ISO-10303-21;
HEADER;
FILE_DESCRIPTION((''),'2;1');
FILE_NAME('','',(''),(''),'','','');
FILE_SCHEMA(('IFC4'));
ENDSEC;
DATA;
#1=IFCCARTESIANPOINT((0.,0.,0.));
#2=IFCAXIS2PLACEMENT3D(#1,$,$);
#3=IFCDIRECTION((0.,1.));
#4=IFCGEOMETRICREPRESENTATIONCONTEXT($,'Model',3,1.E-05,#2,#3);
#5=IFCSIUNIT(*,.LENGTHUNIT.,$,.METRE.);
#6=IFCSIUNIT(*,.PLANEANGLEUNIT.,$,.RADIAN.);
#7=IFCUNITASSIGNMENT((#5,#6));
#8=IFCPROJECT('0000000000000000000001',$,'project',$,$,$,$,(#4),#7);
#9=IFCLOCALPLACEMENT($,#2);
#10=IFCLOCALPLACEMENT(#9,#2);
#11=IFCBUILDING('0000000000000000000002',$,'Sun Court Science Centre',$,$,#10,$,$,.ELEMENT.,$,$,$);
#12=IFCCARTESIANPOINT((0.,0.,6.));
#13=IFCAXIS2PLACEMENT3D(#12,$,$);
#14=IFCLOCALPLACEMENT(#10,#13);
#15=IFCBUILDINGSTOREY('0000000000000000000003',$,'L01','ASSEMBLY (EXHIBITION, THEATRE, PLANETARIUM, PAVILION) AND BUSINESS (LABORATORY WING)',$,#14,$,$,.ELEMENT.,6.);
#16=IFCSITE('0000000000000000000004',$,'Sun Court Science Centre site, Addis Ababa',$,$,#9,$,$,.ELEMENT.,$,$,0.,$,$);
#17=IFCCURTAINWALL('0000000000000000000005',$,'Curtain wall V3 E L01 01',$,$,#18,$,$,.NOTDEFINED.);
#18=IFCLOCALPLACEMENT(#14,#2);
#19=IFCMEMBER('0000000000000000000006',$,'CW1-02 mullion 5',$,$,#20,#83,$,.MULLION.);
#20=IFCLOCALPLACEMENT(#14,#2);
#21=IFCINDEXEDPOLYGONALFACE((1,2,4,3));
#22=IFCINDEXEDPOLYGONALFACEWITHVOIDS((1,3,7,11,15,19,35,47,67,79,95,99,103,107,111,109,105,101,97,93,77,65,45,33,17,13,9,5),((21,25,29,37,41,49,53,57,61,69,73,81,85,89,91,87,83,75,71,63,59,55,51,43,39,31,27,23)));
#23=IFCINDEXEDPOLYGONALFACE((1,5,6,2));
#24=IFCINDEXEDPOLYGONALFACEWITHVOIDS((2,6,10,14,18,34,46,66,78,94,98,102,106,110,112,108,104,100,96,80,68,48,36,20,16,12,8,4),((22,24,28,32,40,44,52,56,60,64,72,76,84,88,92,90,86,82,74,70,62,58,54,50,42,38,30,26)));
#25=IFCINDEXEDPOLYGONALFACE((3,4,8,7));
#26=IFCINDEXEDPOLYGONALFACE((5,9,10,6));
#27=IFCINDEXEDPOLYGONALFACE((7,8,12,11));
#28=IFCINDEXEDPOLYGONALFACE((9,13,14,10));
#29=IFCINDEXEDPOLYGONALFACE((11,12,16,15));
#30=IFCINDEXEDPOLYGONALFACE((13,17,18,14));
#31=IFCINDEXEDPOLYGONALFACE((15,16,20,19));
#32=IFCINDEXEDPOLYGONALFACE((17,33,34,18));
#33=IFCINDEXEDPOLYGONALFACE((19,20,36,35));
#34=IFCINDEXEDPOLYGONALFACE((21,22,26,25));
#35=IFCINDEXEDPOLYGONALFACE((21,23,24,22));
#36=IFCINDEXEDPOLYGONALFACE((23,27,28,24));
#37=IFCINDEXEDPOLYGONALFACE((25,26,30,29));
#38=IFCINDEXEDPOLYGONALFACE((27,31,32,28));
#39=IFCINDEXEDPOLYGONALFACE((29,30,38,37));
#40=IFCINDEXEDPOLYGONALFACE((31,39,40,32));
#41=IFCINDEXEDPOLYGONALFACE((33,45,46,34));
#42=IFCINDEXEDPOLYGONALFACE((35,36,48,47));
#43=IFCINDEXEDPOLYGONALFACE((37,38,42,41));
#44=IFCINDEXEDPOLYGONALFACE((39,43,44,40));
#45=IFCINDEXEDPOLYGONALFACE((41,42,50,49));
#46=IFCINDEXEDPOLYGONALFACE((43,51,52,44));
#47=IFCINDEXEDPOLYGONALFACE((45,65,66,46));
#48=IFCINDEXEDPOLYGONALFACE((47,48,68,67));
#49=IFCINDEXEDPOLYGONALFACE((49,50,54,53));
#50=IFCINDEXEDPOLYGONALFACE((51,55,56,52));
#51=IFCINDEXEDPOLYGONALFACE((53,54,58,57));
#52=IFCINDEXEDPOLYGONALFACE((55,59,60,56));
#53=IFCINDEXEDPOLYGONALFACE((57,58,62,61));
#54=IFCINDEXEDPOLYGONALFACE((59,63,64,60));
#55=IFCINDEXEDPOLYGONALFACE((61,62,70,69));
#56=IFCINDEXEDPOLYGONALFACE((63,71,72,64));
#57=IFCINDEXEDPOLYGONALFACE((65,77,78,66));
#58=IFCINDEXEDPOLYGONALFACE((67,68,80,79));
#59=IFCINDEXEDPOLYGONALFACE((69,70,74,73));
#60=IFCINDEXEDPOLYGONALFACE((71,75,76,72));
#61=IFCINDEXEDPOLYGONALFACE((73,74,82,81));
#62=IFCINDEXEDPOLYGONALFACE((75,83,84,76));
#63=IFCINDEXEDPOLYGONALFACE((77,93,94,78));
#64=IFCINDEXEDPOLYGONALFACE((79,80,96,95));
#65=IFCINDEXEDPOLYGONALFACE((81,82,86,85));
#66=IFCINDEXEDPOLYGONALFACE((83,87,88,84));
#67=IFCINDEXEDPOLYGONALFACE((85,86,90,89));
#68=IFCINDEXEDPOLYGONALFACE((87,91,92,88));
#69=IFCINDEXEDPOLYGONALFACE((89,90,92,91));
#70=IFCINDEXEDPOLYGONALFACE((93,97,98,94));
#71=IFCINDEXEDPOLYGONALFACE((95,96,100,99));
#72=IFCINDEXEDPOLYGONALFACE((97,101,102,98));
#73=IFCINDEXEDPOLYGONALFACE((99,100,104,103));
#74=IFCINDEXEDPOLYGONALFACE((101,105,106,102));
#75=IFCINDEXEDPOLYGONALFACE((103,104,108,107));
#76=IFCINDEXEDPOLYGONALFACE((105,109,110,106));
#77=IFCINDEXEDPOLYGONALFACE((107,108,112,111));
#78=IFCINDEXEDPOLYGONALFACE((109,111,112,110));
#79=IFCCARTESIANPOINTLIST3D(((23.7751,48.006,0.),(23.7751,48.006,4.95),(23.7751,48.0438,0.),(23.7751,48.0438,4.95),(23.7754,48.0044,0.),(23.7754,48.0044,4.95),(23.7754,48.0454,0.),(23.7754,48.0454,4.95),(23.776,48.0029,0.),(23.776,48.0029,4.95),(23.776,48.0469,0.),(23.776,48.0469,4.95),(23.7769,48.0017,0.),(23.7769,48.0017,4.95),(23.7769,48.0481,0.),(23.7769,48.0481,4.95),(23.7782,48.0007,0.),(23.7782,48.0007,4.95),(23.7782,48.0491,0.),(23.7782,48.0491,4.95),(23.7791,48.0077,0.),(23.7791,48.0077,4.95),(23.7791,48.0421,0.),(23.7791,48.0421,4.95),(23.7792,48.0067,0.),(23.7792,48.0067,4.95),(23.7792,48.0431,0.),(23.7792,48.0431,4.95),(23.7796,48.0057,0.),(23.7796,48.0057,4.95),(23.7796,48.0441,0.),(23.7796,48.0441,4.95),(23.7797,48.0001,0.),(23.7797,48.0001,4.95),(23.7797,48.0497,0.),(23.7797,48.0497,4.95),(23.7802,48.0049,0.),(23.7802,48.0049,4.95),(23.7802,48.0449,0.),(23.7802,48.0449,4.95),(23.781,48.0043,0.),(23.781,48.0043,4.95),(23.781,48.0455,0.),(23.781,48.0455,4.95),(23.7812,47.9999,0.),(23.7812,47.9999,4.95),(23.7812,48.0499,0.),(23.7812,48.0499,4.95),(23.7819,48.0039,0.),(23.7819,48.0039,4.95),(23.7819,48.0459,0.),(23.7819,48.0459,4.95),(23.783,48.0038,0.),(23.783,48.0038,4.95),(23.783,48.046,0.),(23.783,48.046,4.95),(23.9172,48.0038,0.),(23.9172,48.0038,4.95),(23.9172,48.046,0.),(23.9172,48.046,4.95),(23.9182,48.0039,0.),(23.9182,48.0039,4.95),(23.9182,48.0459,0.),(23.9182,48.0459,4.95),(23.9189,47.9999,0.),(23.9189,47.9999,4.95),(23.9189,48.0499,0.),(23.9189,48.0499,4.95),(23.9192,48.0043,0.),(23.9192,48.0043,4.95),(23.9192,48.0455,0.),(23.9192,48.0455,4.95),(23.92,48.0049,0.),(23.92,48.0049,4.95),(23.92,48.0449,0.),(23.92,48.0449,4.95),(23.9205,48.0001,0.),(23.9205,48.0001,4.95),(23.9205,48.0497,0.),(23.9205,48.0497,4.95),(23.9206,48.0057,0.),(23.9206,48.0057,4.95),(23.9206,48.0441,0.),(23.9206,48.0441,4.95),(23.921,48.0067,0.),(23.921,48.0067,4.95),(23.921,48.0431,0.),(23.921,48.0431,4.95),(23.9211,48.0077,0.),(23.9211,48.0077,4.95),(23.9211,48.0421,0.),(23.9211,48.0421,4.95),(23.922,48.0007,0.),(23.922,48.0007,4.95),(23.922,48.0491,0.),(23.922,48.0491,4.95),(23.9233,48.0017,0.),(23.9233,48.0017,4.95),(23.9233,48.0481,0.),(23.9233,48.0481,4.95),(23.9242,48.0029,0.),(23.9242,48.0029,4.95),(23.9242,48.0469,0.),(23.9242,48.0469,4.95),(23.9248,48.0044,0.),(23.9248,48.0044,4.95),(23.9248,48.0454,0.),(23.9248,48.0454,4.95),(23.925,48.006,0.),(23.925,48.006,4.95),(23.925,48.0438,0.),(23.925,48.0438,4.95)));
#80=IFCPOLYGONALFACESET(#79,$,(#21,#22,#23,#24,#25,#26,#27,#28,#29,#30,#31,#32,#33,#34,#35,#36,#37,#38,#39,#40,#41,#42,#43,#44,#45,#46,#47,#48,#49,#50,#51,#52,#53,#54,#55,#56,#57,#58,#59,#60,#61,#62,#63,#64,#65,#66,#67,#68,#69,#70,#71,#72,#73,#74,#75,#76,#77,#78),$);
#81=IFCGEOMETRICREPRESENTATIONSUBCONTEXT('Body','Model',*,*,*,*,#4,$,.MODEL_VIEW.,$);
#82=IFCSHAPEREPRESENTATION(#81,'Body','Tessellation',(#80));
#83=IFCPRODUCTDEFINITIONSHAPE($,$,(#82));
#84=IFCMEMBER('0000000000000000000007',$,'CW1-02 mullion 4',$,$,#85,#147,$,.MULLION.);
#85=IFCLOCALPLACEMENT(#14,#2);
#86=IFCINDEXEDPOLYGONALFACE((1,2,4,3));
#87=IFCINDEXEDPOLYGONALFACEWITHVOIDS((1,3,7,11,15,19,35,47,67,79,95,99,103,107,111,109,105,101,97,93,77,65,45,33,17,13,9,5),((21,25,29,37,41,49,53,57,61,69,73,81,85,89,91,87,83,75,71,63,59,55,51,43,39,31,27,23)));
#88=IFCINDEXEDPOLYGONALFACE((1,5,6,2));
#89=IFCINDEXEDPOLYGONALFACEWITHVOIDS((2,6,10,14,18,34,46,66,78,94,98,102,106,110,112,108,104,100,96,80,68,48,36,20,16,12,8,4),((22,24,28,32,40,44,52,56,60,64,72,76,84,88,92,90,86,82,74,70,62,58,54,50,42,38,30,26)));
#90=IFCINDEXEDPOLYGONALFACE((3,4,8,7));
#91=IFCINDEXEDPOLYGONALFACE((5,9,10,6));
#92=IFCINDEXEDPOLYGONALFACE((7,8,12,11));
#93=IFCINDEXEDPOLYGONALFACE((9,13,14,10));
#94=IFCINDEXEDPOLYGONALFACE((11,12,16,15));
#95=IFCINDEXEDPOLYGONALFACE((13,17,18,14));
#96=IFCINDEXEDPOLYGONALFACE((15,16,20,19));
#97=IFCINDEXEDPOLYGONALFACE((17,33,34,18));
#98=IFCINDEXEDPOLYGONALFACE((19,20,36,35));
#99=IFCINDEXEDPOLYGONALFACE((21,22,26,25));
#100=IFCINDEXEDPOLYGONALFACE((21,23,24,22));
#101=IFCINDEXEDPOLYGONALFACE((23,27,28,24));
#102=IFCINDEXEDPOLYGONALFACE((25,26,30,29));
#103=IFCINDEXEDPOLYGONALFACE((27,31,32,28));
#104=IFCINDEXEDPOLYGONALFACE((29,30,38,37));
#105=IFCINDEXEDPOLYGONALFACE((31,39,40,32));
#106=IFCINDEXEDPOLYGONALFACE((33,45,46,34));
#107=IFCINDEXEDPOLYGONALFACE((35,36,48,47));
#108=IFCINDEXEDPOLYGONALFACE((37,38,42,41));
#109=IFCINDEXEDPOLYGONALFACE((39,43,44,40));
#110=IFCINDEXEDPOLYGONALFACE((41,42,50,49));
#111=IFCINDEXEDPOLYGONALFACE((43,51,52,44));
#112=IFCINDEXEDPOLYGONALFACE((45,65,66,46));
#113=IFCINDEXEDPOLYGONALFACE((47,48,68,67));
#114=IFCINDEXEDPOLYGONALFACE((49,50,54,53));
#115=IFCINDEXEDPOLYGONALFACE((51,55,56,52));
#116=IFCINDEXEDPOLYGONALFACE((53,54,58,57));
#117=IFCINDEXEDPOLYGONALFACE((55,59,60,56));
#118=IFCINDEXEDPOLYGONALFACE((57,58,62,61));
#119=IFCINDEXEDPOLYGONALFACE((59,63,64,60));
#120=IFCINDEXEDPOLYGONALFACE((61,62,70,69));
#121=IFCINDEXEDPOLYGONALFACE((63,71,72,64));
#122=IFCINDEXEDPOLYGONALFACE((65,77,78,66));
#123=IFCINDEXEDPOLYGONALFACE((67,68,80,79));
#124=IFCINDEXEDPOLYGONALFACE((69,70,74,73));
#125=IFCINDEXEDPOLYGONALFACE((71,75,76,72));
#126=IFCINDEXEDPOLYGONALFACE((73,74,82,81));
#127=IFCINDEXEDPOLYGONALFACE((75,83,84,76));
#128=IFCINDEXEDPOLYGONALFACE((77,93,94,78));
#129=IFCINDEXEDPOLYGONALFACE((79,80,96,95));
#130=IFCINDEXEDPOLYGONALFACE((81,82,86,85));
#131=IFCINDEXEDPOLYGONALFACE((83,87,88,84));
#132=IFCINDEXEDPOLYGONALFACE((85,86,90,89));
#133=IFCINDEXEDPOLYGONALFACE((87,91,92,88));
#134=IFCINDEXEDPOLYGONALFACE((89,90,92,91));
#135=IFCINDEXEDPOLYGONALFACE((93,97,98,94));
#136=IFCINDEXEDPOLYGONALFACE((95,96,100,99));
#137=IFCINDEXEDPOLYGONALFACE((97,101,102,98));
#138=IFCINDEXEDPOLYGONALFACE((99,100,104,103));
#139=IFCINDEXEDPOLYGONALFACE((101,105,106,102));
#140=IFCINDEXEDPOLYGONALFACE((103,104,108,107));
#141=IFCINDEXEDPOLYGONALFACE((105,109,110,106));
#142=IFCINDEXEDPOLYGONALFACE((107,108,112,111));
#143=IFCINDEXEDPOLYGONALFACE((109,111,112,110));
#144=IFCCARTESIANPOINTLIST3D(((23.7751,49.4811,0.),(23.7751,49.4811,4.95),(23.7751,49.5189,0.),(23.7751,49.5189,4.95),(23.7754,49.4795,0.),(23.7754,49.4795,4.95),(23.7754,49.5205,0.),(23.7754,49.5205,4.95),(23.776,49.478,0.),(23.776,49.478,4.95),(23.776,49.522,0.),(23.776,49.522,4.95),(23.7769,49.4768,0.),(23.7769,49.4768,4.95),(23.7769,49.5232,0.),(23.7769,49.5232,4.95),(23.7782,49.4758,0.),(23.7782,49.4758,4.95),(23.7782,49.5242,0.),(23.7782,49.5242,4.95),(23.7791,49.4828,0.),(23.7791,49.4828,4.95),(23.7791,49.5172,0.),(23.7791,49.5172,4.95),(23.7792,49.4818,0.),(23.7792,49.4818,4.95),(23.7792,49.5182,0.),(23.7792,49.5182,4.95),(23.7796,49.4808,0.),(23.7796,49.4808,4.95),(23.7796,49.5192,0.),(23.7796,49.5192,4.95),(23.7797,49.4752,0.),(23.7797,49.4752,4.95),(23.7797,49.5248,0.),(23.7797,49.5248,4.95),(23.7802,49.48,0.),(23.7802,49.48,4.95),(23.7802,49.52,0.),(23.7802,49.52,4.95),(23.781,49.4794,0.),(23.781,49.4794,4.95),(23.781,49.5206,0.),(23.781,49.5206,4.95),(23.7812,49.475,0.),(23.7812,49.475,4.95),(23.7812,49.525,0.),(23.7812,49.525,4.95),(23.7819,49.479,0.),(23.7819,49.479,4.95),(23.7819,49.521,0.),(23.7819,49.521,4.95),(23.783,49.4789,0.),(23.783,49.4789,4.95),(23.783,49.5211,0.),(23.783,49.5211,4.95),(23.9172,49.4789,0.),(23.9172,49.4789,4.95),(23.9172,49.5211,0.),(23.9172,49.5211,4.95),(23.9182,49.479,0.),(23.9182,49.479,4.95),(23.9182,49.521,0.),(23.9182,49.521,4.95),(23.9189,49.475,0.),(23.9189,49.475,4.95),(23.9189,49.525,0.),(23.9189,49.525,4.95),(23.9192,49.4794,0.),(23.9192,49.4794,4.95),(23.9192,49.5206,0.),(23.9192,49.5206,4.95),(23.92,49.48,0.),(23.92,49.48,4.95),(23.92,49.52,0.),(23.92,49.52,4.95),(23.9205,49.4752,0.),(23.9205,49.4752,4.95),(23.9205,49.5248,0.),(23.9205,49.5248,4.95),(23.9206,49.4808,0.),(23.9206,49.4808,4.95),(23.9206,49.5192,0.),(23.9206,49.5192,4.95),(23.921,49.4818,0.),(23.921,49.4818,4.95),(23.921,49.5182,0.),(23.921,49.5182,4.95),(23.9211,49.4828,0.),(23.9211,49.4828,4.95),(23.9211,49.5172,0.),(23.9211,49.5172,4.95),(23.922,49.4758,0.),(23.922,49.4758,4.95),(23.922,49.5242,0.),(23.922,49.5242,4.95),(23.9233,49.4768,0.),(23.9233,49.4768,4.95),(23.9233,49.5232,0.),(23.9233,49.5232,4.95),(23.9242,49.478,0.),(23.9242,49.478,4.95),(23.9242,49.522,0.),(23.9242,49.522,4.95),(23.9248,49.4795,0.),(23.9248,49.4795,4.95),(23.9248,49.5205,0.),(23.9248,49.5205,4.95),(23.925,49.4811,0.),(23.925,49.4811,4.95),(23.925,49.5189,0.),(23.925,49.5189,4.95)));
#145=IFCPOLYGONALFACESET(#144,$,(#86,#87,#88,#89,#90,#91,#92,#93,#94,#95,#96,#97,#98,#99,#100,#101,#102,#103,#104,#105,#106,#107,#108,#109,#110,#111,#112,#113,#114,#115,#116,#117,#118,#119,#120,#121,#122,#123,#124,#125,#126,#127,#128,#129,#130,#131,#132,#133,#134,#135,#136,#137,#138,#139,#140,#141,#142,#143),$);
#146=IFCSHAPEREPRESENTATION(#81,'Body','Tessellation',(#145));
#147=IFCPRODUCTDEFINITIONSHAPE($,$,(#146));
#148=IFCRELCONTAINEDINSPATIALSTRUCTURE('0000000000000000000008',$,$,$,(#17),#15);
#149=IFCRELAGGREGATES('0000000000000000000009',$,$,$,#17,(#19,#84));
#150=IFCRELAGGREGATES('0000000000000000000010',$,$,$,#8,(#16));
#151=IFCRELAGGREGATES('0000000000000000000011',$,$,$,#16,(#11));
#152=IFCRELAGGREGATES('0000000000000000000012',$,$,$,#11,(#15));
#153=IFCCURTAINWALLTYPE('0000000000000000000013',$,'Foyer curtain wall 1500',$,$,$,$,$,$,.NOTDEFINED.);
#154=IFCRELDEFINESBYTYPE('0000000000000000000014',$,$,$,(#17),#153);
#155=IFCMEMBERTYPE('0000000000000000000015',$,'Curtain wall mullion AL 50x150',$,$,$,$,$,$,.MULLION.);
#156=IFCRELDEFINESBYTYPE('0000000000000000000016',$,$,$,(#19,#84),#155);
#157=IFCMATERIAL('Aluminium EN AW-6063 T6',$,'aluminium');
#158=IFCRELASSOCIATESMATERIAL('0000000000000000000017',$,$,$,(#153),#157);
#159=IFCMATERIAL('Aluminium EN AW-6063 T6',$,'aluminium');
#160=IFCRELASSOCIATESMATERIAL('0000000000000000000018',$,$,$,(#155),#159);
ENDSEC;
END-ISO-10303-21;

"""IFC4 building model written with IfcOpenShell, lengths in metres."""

from ifc_helpers import new_model, si_unit, direction, frame, origin, origin_2d, place, context, subcontext, project, spatial, hollow_rectangle, extrude, material, material_profile, profile_set, type_object, element, aggregate, save


model = new_model("IFC4")

# Units and contexts
model_context = context("Model", 3, precision=1e-05, world=origin(), true_north=direction((0.0, 1.0)))
body_context = subcontext(model_context, "Body", "Model", "MODEL_VIEW")
ifc_project = project(units=[si_unit("LENGTHUNIT", "METRE"), si_unit("PLANEANGLEUNIT", "RADIAN")], contexts=[model_context])

# Site, building, storey
site_placement = place(None, origin())
site = spatial("IfcSite", under=ifc_project, at=site_placement, Name="Sun Court Science Centre site, Addis Ababa", CompositionType="ELEMENT", RefElevation=0.0)
building_placement = place(site_placement, origin())
building = spatial("IfcBuilding", under=site, at=building_placement, Name="Sun Court Science Centre", CompositionType="ELEMENT")
storey_placement = place(building_placement, frame((0.0, 0.0, 6.0)))
storey = spatial("IfcBuildingStorey", under=building, at=storey_placement, Name="L01", Description="ASSEMBLY (EXHIBITION, THEATRE, PLANETARIUM, PAVILION) AND BUSINESS (LABORATORY WING)", CompositionType="ELEMENT", Elevation=6.0)

# Curtain wall, members
ifc_material_1 = material(Name="Aluminium EN AW-6063 T6", Category="aluminium")
curtain_wall_type = type_object("IfcCurtainWallType", Name="Foyer curtain wall 1500", PredefinedType="NOTDEFINED", material=ifc_material_1)
curtain_wall_placement = place(storey_placement, origin())
curtain_wall = element("IfcCurtainWall", 1, at=curtain_wall_placement, inside=storey, type_object=curtain_wall_type, Name="Curtain wall V3 E L01 01", PredefinedType="NOTDEFINED")
ifc_material_2 = material(Name="Aluminium EN AW-6063 T6", Category="aluminium")
ifc_material_profile_1 = material_profile(ifc_material_2, hollow_rectangle(XDim=0.05, YDim=0.1499, WallThickness=0.0039, InnerFilletRadius=0.0039, OuterFilletRadius=0.0061, at=origin_2d()), Name="AL 50x150x4")
ifc_profile_set_1 = profile_set([ifc_material_profile_1], Name="Aluminium EN AW-6063 T6")
member_type_1 = type_object("IfcMemberType", Name="Curtain wall mullion AL 50x150", PredefinedType="MULLION", material=ifc_profile_set_1)
member_1_placement = place(storey_placement, frame((23.8501, 48.0249, 0.0), z_axis=(0.0, 0.0, 1.0), x_axis=(0.0, -1.0, 0.0)))
member_1 = element("IfcMember", 2, at=member_1_placement, type_object=member_type_1, Name="CW1-02 mullion 5", PredefinedType="MULLION", context=body_context, shape_type="SweptSolid", body=[
    extrude(hollow_rectangle(XDim=0.05, YDim=0.1499, WallThickness=0.0039, InnerFilletRadius=0.0039, OuterFilletRadius=0.0061, at=origin_2d()), origin(), (0.0, 0.0, 1.0), 4.95),
])
member_2_placement = place(storey_placement, frame((23.8501, 49.5, 0.0), z_axis=(0.0, 0.0, 1.0), x_axis=(0.0, -1.0, 0.0)))
member_2 = element("IfcMember", 3, at=member_2_placement, type_object=member_type_1, Name="CW1-02 mullion 4", PredefinedType="MULLION", context=body_context, shape_type="SweptSolid", body=[
    extrude(hollow_rectangle(XDim=0.05, YDim=0.1499, WallThickness=0.0039, InnerFilletRadius=0.0039, OuterFilletRadius=0.0061, at=origin_2d()), origin(), (0.0, 0.0, 1.0), 4.95),
])

aggregate(curtain_wall, [member_1, member_2])

save(model, "model.ifc")
